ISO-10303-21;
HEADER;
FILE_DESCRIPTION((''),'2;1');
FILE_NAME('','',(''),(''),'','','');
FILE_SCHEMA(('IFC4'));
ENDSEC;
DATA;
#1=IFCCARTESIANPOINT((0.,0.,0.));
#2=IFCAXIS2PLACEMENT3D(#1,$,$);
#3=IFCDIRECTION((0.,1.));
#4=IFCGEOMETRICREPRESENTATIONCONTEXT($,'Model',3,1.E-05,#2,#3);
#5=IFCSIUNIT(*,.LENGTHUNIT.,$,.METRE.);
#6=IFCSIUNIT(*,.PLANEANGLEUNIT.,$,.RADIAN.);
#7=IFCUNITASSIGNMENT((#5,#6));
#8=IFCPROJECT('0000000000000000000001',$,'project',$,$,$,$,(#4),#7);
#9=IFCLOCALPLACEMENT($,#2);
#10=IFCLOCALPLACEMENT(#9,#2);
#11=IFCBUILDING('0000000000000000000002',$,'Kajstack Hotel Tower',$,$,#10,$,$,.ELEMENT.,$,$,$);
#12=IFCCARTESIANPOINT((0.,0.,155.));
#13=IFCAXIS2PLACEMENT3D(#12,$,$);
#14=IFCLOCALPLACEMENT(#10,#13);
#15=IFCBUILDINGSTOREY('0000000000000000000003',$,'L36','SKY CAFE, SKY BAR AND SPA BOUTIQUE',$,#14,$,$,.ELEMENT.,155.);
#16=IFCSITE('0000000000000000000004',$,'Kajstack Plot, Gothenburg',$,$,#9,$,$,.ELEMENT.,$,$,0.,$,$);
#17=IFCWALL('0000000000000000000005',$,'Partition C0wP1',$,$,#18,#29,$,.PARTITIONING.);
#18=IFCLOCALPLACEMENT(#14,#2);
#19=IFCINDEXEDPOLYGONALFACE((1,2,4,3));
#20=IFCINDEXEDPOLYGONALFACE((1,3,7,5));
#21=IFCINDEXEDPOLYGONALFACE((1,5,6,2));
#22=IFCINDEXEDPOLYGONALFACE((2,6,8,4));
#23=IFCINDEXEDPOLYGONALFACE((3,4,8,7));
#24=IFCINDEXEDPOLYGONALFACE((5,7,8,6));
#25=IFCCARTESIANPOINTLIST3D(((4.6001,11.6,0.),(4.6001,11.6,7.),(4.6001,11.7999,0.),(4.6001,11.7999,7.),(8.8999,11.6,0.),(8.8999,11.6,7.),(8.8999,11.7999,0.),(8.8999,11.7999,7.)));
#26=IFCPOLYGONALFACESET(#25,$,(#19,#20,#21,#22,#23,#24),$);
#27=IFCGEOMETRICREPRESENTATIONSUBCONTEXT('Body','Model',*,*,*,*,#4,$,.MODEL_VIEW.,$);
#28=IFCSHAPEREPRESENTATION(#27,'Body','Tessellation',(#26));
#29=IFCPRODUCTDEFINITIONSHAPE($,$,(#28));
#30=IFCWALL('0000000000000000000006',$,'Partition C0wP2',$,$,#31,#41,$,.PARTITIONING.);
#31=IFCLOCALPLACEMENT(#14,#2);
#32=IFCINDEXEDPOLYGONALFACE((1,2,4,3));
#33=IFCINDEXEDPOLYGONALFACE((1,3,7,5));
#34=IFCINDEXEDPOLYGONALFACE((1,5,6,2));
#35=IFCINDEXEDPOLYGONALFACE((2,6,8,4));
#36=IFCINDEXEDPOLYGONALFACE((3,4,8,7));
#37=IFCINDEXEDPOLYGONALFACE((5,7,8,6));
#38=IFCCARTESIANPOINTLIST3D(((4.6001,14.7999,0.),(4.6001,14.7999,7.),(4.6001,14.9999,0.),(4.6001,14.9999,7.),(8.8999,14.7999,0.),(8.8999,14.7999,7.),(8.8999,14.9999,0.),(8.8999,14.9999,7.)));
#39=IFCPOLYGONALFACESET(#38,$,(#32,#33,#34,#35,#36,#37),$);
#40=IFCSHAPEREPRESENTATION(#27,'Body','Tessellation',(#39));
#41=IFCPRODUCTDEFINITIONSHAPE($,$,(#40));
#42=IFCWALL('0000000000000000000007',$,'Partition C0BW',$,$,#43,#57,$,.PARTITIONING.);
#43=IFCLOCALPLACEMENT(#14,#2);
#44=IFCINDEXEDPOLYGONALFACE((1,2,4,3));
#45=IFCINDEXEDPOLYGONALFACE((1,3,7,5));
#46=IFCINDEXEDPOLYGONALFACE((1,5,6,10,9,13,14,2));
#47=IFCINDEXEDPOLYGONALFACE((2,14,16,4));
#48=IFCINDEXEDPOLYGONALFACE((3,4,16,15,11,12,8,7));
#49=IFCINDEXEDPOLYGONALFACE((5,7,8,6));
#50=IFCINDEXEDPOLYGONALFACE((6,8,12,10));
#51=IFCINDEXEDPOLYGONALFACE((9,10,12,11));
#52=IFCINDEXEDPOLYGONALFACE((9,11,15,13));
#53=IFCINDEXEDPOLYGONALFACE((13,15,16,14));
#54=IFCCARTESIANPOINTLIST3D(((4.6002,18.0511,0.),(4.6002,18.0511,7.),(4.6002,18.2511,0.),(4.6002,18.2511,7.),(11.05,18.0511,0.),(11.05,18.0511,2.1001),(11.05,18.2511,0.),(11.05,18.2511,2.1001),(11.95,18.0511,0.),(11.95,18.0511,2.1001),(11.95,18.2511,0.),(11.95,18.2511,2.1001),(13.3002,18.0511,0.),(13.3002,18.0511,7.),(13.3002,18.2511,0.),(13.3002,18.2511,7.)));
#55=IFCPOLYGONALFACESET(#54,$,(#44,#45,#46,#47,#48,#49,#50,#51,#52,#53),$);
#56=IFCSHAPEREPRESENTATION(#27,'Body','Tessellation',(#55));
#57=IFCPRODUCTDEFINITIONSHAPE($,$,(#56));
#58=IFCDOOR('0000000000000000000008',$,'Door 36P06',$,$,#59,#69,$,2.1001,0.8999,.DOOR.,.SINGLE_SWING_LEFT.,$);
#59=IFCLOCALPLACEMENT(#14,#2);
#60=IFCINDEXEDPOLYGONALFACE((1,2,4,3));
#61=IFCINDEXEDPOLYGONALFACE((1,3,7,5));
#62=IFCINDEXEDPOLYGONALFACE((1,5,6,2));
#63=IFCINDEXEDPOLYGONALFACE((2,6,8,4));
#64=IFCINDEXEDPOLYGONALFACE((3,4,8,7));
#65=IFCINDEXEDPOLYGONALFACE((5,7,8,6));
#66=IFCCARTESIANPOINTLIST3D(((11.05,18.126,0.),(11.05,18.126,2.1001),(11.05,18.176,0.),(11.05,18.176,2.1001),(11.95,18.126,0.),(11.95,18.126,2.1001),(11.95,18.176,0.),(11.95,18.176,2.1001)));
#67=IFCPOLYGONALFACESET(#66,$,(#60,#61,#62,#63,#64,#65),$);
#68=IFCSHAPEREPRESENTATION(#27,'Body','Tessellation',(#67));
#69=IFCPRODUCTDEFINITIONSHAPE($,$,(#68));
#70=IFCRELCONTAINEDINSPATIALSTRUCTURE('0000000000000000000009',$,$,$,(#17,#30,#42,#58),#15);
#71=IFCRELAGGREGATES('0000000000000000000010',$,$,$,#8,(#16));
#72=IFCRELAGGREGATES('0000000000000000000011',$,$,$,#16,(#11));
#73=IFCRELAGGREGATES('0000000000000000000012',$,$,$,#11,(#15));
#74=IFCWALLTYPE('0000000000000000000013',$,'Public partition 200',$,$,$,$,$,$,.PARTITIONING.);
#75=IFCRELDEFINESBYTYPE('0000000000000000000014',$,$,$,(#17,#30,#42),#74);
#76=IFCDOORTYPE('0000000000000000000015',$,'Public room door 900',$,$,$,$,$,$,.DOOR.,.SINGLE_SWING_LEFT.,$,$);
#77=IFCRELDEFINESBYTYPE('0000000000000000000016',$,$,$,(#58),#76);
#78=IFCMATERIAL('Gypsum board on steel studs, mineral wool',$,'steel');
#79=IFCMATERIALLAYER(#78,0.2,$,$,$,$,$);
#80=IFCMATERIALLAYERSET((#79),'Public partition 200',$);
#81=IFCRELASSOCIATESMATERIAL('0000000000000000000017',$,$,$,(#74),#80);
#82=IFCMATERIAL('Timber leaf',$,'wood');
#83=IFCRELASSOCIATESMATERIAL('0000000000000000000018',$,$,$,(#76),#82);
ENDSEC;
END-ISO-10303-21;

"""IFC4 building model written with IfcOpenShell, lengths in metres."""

from ifc_helpers import new_model, si_unit, direction, frame, frame_2d, origin, place, context, subcontext, project, spatial, rectangle, extrude, material, layer, layer_set, type_object, element, fill, save


model = new_model("IFC4")

# Units and contexts
model_context = context("Model", 3, precision=1e-05, world=origin(), true_north=direction((0.0, 1.0)))
body_context = subcontext(model_context, "Body", "Model", "MODEL_VIEW")
ifc_project = project(units=[si_unit("LENGTHUNIT", "METRE"), si_unit("PLANEANGLEUNIT", "RADIAN")], contexts=[model_context])

# Site, building, storey
site_placement = place(None, origin())
site = spatial("IfcSite", under=ifc_project, at=site_placement, Name="Kajstack Plot, Gothenburg", CompositionType="ELEMENT", RefElevation=0.0)
building_placement = place(site_placement, origin())
building = spatial("IfcBuilding", under=site, at=building_placement, Name="Kajstack Hotel Tower", CompositionType="ELEMENT")
storey_placement = place(building_placement, frame((0.0, 0.0, 155.0)))
storey = spatial("IfcBuildingStorey", under=building, at=storey_placement, Name="L36", Description="SKY CAFE, SKY BAR AND SPA BOUTIQUE", CompositionType="ELEMENT", Elevation=155.0)

# Walls
ifc_material_1 = material(Name="Gypsum board on steel studs, mineral wool", Category="steel")
ifc_layer_1 = layer(ifc_material_1, 0.2)
ifc_layer_set_1 = layer_set([ifc_layer_1], Name="Public partition 200")
wall_type = type_object("IfcWallType", Name="Public partition 200", PredefinedType="PARTITIONING", material=ifc_layer_set_1)
for number, where, z_axis, x_axis, name in (
    (1, (4.6001, 11.7, 0.0), (0.0, 0.0, 1.0), (1.0, 0.0, 0.0), "Partition C0wP1"),
    (2, (4.6001, 14.8999, 0.0), (0.0, 0.0, 1.0), (1.0, 0.0, 0.0), "Partition C0wP2"),
):
    element("IfcWall", number, at=place(storey_placement, frame(where, z_axis=z_axis, x_axis=x_axis)), inside=storey, type_object=wall_type, Name=name, PredefinedType="PARTITIONING", context=body_context, shape_type="SweptSolid", body=[
        extrude(rectangle(XDim=4.2998, YDim=0.2, at=frame_2d((2.1499, 0.0))), origin(), (0.0, 0.0, 1.0), 7.0),
    ])

# Wall, opening, door
wall_placement = place(storey_placement, frame((4.6001, 18.1511, 0.0), z_axis=(0.0, 0.0, 1.0), x_axis=(1.0, 0.0, 0.0)))
wall = element("IfcWall", 3, at=wall_placement, inside=storey, type_object=wall_type, Name="Partition C0BW", PredefinedType="PARTITIONING", context=body_context, shape_type="SweptSolid", body=[
    extrude(rectangle(XDim=8.7, YDim=0.2, at=frame_2d((4.3501, 0.0))), origin(), (0.0, 0.0, 1.0), 7.0),
])
opening_placement = place(wall_placement, frame((6.45, 0.0, 0.0)))
opening = element("IfcOpeningElement", 4, at=opening_placement, cuts=wall, PredefinedType="OPENING", context=body_context, shape_type="SweptSolid", body=[
    extrude(rectangle(XDim=0.8999, YDim=2.1001, at=frame_2d((0.45, 1.05))), frame((0.0, 0.1099, 0.0), z_axis=(0.0, -1.0, 0.0), x_axis=(1.0, 0.0, 0.0)), (0.0, 0.0, 1.0), 0.22),
])
ifc_material_2 = material(Name="Timber leaf", Category="wood")
door_type = type_object("IfcDoorType", Name="Public room door 900", OperationType="SINGLE_SWING_LEFT", PredefinedType="DOOR", material=ifc_material_2)
door_placement = place(opening_placement, origin())
door = element("IfcDoor", 5, at=door_placement, inside=storey, type_object=door_type, Name="Door 36P06", OperationType="SINGLE_SWING_LEFT", OverallHeight=2.1001, OverallWidth=0.8999, PredefinedType="DOOR", context=body_context, shape_type="SweptSolid", body=[
    extrude(rectangle(XDim=0.8999, YDim=2.1001, at=frame_2d((0.45, 1.05))), frame((0.0, 0.0249, 0.0), z_axis=(0.0, -1.0, 0.0), x_axis=(1.0, 0.0, 0.0)), (0.0, 0.0, 1.0), 0.05),
])
fill(opening, door)

save(model, "model.ifc")
